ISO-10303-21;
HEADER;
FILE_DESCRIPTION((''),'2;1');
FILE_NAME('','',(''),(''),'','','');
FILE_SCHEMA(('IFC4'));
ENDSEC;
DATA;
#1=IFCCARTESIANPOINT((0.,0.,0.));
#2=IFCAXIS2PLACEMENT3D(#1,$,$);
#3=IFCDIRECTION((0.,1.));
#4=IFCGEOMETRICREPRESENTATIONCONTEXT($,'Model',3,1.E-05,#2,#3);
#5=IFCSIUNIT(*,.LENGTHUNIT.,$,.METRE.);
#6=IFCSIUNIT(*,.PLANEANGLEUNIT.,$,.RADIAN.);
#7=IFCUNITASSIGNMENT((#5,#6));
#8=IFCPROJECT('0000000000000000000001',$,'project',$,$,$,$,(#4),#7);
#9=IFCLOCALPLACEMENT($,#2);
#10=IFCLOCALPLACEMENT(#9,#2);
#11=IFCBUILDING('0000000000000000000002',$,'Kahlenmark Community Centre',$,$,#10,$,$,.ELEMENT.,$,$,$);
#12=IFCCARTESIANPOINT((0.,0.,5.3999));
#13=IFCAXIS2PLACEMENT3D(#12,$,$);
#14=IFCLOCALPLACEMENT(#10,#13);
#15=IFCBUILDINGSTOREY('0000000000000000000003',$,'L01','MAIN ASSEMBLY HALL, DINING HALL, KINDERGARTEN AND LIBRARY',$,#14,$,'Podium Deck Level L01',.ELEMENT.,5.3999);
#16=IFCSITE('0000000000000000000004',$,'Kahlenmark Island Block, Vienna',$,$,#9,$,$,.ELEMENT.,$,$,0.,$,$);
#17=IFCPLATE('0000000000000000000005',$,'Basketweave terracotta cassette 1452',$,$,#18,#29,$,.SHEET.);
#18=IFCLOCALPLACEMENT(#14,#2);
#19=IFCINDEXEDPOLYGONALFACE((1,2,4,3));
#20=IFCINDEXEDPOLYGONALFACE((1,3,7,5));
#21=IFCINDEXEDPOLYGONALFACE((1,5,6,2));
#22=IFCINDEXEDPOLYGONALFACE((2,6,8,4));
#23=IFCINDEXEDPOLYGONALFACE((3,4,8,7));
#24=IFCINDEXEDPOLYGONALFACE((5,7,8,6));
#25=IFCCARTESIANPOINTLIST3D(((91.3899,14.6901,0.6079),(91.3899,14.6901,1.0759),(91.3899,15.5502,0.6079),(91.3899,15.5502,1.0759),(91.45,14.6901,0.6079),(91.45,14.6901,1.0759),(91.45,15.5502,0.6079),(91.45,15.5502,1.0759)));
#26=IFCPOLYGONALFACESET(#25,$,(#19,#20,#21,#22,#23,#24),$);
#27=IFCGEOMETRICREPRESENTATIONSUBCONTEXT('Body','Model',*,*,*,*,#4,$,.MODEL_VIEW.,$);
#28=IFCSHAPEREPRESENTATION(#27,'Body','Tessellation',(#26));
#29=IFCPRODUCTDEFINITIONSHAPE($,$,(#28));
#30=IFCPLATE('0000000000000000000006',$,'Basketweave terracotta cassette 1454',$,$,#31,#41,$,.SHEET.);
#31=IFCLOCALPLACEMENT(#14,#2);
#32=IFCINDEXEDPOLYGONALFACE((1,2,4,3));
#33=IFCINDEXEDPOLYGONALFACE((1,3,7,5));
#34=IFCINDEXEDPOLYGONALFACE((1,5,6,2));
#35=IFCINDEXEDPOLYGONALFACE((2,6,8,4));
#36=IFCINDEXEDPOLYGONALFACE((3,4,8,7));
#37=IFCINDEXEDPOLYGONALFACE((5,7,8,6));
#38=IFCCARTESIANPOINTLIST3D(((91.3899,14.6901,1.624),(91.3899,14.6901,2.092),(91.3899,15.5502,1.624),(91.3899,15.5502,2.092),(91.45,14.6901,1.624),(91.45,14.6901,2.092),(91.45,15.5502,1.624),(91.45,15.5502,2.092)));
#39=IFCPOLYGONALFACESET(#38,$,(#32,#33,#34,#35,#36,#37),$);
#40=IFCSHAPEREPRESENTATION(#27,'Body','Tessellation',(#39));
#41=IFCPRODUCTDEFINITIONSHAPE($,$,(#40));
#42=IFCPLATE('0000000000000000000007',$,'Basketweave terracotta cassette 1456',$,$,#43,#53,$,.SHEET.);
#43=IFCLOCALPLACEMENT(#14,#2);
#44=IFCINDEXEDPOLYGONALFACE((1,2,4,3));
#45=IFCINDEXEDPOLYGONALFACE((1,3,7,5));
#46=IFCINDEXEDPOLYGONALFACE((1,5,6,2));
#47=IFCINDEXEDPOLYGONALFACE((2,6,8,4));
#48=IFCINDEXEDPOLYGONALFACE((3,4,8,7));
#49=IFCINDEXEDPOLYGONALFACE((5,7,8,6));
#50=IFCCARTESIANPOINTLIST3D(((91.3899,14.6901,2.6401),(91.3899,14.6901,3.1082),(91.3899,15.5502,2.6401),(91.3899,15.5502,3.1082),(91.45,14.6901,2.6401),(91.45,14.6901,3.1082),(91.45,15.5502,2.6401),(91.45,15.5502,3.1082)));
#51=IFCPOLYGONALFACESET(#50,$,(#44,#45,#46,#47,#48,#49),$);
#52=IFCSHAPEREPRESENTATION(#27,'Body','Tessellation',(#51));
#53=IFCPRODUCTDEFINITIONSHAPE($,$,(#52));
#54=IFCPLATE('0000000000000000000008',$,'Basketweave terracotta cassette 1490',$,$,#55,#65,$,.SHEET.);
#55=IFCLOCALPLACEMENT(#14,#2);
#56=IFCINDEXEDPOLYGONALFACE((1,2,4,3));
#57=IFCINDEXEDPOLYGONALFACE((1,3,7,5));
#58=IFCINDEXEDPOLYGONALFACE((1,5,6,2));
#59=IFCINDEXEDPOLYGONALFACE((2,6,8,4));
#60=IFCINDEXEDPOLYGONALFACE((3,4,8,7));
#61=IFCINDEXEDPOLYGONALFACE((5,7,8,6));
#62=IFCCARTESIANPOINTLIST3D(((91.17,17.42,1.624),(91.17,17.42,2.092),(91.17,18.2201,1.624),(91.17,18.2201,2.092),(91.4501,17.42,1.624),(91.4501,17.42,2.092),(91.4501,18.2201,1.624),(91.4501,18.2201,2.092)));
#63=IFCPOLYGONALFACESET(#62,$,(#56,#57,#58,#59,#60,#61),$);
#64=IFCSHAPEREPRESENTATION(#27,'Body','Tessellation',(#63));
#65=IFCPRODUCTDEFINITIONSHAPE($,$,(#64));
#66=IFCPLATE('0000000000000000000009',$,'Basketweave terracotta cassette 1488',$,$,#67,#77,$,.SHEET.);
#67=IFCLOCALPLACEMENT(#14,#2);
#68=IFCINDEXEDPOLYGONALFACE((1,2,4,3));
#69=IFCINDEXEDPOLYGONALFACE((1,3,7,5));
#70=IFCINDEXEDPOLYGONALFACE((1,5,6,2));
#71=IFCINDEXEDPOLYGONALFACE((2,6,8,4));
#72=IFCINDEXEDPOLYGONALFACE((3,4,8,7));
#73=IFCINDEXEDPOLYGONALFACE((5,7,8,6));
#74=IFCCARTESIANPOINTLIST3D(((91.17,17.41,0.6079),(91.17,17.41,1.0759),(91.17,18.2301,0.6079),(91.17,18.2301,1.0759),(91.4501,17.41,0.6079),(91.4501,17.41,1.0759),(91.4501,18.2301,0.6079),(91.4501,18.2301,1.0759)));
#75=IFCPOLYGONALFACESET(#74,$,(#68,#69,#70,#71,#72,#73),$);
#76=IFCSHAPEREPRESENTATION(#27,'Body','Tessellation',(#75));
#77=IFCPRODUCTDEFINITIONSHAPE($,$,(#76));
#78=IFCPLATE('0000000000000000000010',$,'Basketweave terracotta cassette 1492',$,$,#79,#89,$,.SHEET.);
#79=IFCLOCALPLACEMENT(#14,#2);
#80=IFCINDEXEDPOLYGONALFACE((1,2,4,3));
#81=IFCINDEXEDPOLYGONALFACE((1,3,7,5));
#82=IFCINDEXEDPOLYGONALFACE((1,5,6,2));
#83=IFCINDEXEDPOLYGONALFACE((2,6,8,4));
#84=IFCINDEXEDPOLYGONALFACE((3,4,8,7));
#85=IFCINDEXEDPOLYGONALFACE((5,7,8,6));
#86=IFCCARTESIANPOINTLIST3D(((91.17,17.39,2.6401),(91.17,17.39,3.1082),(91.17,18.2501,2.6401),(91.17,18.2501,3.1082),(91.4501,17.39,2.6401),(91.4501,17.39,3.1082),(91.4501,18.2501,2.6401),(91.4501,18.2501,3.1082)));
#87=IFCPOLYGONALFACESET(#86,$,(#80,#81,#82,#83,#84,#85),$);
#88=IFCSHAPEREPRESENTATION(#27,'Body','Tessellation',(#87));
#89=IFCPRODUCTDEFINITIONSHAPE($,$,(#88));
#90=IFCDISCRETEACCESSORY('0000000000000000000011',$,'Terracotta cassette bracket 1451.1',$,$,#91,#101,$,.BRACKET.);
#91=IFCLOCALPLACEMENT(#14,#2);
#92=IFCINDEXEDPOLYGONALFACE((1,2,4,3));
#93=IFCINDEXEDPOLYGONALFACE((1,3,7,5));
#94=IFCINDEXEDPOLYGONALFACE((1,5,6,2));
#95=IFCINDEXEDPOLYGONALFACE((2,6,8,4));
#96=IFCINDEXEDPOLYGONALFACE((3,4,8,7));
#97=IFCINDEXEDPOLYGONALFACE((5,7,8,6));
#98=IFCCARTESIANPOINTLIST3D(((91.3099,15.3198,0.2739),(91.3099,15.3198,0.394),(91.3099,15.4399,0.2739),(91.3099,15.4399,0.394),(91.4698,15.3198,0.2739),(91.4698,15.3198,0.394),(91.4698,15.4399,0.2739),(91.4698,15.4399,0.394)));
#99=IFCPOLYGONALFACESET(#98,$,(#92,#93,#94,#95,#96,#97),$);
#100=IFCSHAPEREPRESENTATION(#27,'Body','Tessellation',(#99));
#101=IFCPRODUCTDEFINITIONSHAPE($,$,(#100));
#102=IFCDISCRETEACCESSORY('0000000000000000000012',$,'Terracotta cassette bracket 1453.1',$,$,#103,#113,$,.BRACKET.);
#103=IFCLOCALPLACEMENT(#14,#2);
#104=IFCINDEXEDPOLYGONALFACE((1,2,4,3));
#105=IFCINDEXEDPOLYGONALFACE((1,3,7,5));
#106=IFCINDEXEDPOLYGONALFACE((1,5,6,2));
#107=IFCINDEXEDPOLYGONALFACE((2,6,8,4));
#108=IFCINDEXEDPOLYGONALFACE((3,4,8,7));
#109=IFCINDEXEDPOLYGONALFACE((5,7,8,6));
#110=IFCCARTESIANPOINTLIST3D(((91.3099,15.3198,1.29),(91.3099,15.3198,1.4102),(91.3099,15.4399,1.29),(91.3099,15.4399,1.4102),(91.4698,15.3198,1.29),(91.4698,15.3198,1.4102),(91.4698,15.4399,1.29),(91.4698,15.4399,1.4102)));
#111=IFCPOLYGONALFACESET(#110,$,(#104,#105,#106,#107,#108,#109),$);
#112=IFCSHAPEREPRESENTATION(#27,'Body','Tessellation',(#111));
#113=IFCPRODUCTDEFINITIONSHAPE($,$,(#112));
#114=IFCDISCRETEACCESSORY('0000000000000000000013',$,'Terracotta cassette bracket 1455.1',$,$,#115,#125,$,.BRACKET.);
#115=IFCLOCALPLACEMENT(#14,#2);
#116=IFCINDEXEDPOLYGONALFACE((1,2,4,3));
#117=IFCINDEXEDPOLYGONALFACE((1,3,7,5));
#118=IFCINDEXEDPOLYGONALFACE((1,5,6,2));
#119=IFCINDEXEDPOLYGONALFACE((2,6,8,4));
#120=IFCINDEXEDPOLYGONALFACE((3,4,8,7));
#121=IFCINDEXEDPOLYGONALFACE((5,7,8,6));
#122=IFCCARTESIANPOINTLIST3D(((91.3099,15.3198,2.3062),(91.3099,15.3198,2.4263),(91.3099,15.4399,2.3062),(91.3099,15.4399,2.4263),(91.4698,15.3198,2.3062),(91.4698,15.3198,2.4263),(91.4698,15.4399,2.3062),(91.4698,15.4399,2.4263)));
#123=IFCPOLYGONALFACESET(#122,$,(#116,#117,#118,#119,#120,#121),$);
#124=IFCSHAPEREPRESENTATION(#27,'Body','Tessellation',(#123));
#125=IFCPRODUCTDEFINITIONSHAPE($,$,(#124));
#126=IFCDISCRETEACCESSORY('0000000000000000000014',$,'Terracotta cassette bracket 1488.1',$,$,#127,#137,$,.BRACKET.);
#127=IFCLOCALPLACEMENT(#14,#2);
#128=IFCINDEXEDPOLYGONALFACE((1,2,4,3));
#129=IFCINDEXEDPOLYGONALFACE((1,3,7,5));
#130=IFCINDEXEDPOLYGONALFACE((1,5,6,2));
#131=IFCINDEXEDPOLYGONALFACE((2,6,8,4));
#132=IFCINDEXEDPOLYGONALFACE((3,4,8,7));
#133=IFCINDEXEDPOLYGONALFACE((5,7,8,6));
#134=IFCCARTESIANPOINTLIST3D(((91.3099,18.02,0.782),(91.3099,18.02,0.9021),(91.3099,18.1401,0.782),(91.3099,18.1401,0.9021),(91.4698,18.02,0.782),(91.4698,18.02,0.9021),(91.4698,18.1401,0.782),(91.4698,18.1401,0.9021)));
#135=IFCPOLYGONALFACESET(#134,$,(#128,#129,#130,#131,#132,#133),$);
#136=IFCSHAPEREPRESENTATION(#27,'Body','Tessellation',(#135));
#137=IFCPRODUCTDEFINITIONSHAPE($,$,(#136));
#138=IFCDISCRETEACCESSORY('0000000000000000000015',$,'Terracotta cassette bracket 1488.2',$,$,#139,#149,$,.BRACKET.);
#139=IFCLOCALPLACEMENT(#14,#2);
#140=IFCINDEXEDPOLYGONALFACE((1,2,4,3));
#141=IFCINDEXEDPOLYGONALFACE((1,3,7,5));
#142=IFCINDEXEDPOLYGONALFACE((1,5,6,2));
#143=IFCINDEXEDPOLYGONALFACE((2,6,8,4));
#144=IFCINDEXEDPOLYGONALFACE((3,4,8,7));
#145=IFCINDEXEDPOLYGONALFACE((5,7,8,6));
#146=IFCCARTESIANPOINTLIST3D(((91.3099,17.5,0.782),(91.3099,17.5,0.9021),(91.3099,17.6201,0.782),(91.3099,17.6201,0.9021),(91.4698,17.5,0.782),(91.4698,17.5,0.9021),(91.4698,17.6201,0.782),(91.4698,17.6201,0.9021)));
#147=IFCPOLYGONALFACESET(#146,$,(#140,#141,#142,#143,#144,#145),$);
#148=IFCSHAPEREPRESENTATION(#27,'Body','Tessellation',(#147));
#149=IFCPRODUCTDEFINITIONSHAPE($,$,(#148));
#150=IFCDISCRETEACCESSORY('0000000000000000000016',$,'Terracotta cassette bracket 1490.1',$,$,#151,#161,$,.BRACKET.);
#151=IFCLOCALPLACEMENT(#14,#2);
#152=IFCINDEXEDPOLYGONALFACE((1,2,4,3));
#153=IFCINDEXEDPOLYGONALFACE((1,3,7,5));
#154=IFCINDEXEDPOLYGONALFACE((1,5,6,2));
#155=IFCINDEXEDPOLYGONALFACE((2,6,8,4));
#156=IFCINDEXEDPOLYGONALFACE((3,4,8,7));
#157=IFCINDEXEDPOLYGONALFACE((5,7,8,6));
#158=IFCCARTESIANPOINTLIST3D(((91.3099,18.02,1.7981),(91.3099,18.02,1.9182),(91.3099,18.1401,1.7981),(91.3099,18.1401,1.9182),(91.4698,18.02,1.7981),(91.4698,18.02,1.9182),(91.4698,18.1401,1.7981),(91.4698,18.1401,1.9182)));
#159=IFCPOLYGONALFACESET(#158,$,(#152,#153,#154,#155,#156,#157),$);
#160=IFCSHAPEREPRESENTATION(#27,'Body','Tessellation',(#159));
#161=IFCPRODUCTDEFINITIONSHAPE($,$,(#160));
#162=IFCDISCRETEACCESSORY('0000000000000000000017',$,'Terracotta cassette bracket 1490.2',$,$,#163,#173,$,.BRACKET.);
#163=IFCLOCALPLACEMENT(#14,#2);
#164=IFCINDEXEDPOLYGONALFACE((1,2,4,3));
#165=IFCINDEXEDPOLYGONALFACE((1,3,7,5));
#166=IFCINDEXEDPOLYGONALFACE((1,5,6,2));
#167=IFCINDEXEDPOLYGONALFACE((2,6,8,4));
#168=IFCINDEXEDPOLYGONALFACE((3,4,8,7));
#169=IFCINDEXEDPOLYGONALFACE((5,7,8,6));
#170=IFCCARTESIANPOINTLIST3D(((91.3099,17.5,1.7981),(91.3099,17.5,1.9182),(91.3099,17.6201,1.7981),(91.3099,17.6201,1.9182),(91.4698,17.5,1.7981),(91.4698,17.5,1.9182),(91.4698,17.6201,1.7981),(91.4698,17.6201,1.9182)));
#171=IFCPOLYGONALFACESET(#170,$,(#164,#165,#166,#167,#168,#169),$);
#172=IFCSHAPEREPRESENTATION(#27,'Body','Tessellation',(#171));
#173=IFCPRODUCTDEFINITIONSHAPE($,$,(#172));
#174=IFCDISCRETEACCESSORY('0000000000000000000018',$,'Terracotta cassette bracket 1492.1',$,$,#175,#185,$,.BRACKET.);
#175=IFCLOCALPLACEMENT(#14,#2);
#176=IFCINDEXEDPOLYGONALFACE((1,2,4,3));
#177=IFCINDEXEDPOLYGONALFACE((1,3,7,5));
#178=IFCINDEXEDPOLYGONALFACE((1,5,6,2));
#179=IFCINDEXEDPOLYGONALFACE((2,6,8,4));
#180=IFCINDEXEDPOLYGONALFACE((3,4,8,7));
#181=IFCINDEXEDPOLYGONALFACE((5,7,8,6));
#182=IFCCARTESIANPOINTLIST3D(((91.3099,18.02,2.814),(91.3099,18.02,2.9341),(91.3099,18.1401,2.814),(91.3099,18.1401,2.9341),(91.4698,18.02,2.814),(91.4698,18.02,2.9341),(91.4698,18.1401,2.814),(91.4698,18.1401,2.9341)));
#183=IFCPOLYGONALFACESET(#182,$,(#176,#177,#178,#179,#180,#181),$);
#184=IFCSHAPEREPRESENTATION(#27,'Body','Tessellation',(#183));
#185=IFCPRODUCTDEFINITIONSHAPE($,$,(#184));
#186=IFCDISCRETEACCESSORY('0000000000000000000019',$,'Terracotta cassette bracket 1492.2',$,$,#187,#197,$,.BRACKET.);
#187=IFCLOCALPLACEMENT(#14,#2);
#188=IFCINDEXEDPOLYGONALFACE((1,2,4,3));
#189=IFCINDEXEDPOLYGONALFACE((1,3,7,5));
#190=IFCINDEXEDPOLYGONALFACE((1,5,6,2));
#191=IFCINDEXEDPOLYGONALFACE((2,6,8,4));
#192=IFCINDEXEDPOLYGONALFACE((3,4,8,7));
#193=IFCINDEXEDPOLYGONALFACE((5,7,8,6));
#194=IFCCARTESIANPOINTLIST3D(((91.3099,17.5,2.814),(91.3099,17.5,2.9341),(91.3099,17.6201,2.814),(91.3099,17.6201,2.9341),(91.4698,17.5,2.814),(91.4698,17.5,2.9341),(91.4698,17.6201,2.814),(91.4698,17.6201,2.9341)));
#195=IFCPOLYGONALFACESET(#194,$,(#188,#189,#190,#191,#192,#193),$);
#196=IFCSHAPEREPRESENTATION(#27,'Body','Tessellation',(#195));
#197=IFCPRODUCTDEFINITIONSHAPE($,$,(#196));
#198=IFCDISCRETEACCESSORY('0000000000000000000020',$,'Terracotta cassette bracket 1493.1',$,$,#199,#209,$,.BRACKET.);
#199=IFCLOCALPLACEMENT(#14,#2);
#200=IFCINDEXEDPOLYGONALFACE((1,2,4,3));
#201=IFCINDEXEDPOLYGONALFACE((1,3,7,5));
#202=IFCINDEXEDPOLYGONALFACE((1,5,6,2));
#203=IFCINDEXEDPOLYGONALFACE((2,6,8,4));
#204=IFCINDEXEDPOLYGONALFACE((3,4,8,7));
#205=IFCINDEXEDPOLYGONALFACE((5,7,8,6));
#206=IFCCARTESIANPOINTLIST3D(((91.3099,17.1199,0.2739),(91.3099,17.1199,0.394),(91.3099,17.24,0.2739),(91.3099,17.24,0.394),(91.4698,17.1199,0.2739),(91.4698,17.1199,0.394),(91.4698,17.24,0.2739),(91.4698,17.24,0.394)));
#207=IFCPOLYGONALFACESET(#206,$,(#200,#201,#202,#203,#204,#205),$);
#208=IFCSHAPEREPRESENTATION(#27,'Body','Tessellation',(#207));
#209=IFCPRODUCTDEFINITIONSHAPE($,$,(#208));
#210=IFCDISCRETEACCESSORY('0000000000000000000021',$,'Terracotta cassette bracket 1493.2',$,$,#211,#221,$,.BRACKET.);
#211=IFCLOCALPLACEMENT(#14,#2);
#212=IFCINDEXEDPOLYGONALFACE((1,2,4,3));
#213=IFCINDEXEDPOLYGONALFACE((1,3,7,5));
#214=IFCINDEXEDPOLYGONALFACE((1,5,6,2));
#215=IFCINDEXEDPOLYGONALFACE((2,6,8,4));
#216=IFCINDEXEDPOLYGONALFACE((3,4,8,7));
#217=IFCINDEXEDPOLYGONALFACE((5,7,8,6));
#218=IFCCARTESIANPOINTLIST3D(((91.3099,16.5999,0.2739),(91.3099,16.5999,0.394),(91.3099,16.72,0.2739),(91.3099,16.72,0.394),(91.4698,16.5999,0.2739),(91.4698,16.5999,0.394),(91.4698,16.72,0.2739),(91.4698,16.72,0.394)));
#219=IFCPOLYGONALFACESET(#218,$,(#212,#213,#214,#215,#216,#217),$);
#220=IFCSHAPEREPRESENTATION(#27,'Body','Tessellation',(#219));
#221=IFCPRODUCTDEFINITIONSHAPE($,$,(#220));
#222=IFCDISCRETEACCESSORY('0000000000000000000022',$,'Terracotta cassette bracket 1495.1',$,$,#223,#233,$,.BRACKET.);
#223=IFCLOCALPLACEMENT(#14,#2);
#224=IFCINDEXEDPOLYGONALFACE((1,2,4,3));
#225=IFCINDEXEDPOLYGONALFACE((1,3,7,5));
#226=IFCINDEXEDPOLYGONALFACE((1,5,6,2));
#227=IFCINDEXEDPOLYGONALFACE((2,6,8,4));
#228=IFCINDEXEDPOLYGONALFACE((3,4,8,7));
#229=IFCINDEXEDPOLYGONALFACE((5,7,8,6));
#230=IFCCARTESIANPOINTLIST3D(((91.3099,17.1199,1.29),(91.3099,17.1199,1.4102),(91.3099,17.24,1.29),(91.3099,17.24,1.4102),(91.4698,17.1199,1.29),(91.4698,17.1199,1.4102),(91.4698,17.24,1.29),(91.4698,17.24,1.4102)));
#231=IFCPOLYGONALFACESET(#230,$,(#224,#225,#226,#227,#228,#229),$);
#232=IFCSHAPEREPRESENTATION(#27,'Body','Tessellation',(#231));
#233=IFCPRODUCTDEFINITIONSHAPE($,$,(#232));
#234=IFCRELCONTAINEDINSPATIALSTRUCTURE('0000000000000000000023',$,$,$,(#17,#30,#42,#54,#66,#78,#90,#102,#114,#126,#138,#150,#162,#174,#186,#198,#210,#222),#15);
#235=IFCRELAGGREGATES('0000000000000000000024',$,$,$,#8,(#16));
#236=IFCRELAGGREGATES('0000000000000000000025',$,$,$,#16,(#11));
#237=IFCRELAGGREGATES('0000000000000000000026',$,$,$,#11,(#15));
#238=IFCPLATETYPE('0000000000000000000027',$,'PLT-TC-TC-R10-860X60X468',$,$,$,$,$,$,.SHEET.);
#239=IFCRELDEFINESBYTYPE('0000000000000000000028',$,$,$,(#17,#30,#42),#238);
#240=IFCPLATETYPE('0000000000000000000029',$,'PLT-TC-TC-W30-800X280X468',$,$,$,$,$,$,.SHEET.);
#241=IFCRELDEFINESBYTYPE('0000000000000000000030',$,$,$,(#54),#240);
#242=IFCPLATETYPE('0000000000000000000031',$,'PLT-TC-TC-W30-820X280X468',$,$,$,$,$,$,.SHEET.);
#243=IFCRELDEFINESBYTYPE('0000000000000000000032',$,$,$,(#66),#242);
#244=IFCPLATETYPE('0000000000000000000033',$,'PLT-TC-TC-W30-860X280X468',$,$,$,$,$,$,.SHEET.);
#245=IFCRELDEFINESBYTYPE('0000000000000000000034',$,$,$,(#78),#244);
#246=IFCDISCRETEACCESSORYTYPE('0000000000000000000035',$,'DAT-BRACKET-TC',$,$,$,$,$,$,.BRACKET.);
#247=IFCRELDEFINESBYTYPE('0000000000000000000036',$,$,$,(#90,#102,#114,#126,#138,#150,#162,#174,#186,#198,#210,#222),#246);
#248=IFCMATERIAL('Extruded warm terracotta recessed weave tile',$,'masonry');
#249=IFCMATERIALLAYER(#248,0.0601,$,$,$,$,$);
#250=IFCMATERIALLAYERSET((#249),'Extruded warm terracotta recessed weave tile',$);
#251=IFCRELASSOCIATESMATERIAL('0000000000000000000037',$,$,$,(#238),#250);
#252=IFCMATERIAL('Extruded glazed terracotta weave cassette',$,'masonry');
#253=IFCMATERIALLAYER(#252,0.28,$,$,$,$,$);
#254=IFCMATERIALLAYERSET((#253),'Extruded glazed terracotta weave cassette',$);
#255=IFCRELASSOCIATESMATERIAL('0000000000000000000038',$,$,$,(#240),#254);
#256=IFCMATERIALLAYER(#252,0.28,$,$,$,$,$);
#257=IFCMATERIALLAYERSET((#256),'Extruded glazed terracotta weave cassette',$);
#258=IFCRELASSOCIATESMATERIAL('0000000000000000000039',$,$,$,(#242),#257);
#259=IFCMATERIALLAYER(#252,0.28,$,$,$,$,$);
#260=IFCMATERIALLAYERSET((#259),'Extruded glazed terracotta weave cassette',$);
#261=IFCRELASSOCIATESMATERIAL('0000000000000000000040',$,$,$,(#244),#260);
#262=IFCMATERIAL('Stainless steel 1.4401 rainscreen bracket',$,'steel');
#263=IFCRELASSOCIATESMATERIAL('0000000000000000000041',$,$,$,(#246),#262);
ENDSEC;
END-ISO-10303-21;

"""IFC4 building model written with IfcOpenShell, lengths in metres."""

from ifc_helpers import new_model, si_unit, direction, frame, origin, origin_2d, place, context, subcontext, project, spatial, rectangle, extrude, material, layer, layer_set, type_object, element, save


model = new_model("IFC4")

# Units and contexts
model_context = context("Model", 3, precision=1e-05, world=origin(), true_north=direction((0.0, 1.0)))
body_context = subcontext(model_context, "Body", "Model", "MODEL_VIEW")
ifc_project = project(units=[si_unit("LENGTHUNIT", "METRE"), si_unit("PLANEANGLEUNIT", "RADIAN")], contexts=[model_context])

# Site, building, storey
site_placement = place(None, origin())
site = spatial("IfcSite", under=ifc_project, at=site_placement, Name="Kahlenmark Island Block, Vienna", CompositionType="ELEMENT", RefElevation=0.0)
building_placement = place(site_placement, origin())
building = spatial("IfcBuilding", under=site, at=building_placement, Name="Kahlenmark Community Centre", CompositionType="ELEMENT")
storey_placement = place(building_placement, frame((0.0, 0.0, 5.3999)))
storey = spatial("IfcBuildingStorey", under=building, at=storey_placement, Name="L01", Description="MAIN ASSEMBLY HALL, DINING HALL, KINDERGARTEN AND LIBRARY", LongName="Podium Deck Level L01", CompositionType="ELEMENT", Elevation=5.3999)

# Plates
ifc_material_1 = material(Name="Extruded warm terracotta recessed weave tile", Category="masonry")
ifc_layer_1 = layer(ifc_material_1, 0.0601)
ifc_layer_set_1 = layer_set([ifc_layer_1], Name="Extruded warm terracotta recessed weave tile")
plate_type_1 = type_object("IfcPlateType", Name="PLT-TC-TC-R10-860X60X468", PredefinedType="SHEET", material=ifc_layer_set_1)
for number, where, z_axis, x_axis, name in (
    (1, (91.4199, 15.1201, 0.6079), (0.0, 0.0, 1.0), (0.0, -1.0, 0.0), "Basketweave terracotta cassette 1452"),
    (2, (91.4199, 15.1201, 1.624), (0.0, 0.0, 1.0), (0.0, -1.0, 0.0), "Basketweave terracotta cassette 1454"),
    (3, (91.4199, 15.1201, 2.6401), (0.0, 0.0, 1.0), (0.0, -1.0, 0.0), "Basketweave terracotta cassette 1456"),
):
    element("IfcPlate", number, at=place(storey_placement, frame(where, z_axis=z_axis, x_axis=x_axis)), inside=storey, type_object=plate_type_1, Name=name, PredefinedType="SHEET", context=body_context, shape_type="SweptSolid", body=[
        extrude(rectangle(XDim=0.8601, YDim=0.0601, at=origin_2d()), origin(), (0.0, 0.0, 1.0), 0.468),
    ])
ifc_material_2 = material(Name="Extruded glazed terracotta weave cassette", Category="masonry")
ifc_layer_2 = layer(ifc_material_2, 0.28)
ifc_layer_set_2 = layer_set([ifc_layer_2], Name="Extruded glazed terracotta weave cassette")
plate_type_2 = type_object("IfcPlateType", Name="PLT-TC-TC-W30-800X280X468", PredefinedType="SHEET", material=ifc_layer_set_2)
plate_1_placement = place(storey_placement, frame((91.3101, 17.8201, 1.624), z_axis=(0.0, 0.0, 1.0), x_axis=(0.0, -1.0, 0.0)))
element("IfcPlate", 4, at=plate_1_placement, inside=storey, type_object=plate_type_2, Name="Basketweave terracotta cassette 1490", PredefinedType="SHEET", context=body_context, shape_type="SweptSolid", body=[
    extrude(rectangle(XDim=0.8, YDim=0.28, at=origin_2d()), origin(), (0.0, 0.0, 1.0), 0.468),
])
ifc_layer_3 = layer(ifc_material_2, 0.28)
ifc_layer_set_3 = layer_set([ifc_layer_3], Name="Extruded glazed terracotta weave cassette")
plate_type_3 = type_object("IfcPlateType", Name="PLT-TC-TC-W30-820X280X468", PredefinedType="SHEET", material=ifc_layer_set_3)
plate_2_placement = place(storey_placement, frame((91.3101, 17.8201, 0.6079), z_axis=(0.0, 0.0, 1.0), x_axis=(0.0, -1.0, 0.0)))
element("IfcPlate", 5, at=plate_2_placement, inside=storey, type_object=plate_type_3, Name="Basketweave terracotta cassette 1488", PredefinedType="SHEET", context=body_context, shape_type="SweptSolid", body=[
    extrude(rectangle(XDim=0.8201, YDim=0.28, at=origin_2d()), origin(), (0.0, 0.0, 1.0), 0.468),
])
ifc_layer_4 = layer(ifc_material_2, 0.28)
ifc_layer_set_4 = layer_set([ifc_layer_4], Name="Extruded glazed terracotta weave cassette")
plate_type_4 = type_object("IfcPlateType", Name="PLT-TC-TC-W30-860X280X468", PredefinedType="SHEET", material=ifc_layer_set_4)
plate_3_placement = place(storey_placement, frame((91.3101, 17.8201, 2.6401), z_axis=(0.0, 0.0, 1.0), x_axis=(0.0, -1.0, 0.0)))
element("IfcPlate", 6, at=plate_3_placement, inside=storey, type_object=plate_type_4, Name="Basketweave terracotta cassette 1492", PredefinedType="SHEET", context=body_context, shape_type="SweptSolid", body=[
    extrude(rectangle(XDim=0.8601, YDim=0.28, at=origin_2d()), origin(), (0.0, 0.0, 1.0), 0.468),
])

# Discrete accessories
ifc_material_3 = material(Name="Stainless steel 1.4401 rainscreen bracket", Category="steel")
discrete_accessory_type = type_object("IfcDiscreteAccessoryType", Name="DAT-BRACKET-TC", PredefinedType="BRACKET", material=ifc_material_3)
for number, where, z_axis, x_axis, name in (
    (7, (91.3899, 15.3799, 0.2739), (0.0, 0.0, 1.0), (0.0, -1.0, 0.0), "Terracotta cassette bracket 1451.1"),
    (8, (91.3899, 15.3799, 1.29), (0.0, 0.0, 1.0), (0.0, -1.0, 0.0), "Terracotta cassette bracket 1453.1"),
    (9, (91.3899, 15.3799, 2.3062), (0.0, 0.0, 1.0), (0.0, -1.0, 0.0), "Terracotta cassette bracket 1455.1"),
    (10, (91.3899, 18.0801, 0.782), (0.0, 0.0, 1.0), (0.0, -1.0, 0.0), "Terracotta cassette bracket 1488.1"),
    (11, (91.3899, 17.5601, 0.782), (0.0, 0.0, 1.0), (0.0, -1.0, 0.0), "Terracotta cassette bracket 1488.2"),
    (12, (91.3899, 18.0801, 1.7981), (0.0, 0.0, 1.0), (0.0, -1.0, 0.0), "Terracotta cassette bracket 1490.1"),
    (13, (91.3899, 17.5601, 1.7981), (0.0, 0.0, 1.0), (0.0, -1.0, 0.0), "Terracotta cassette bracket 1490.2"),
    (14, (91.3899, 18.0801, 2.814), (0.0, 0.0, 1.0), (0.0, -1.0, 0.0), "Terracotta cassette bracket 1492.1"),
    (15, (91.3899, 17.5601, 2.814), (0.0, 0.0, 1.0), (0.0, -1.0, 0.0), "Terracotta cassette bracket 1492.2"),
    (16, (91.3899, 17.1799, 0.2739), (0.0, 0.0, 1.0), (0.0, -1.0, 0.0), "Terracotta cassette bracket 1493.1"),
    (17, (91.3899, 16.6599, 0.2739), (0.0, 0.0, 1.0), (0.0, -1.0, 0.0), "Terracotta cassette bracket 1493.2"),
    (18, (91.3899, 17.1799, 1.29), (0.0, 0.0, 1.0), (0.0, -1.0, 0.0), "Terracotta cassette bracket 1495.1"),
):
    element("IfcDiscreteAccessory", number, at=place(storey_placement, frame(where, z_axis=z_axis, x_axis=x_axis)), inside=storey, type_object=discrete_accessory_type, Name=name, PredefinedType="BRACKET", context=body_context, shape_type="SweptSolid", body=[
        extrude(rectangle(XDim=0.1201, YDim=0.1599, at=origin_2d()), origin(), (0.0, 0.0, 1.0), 0.1201),
    ])

save(model, "model.ifc")
